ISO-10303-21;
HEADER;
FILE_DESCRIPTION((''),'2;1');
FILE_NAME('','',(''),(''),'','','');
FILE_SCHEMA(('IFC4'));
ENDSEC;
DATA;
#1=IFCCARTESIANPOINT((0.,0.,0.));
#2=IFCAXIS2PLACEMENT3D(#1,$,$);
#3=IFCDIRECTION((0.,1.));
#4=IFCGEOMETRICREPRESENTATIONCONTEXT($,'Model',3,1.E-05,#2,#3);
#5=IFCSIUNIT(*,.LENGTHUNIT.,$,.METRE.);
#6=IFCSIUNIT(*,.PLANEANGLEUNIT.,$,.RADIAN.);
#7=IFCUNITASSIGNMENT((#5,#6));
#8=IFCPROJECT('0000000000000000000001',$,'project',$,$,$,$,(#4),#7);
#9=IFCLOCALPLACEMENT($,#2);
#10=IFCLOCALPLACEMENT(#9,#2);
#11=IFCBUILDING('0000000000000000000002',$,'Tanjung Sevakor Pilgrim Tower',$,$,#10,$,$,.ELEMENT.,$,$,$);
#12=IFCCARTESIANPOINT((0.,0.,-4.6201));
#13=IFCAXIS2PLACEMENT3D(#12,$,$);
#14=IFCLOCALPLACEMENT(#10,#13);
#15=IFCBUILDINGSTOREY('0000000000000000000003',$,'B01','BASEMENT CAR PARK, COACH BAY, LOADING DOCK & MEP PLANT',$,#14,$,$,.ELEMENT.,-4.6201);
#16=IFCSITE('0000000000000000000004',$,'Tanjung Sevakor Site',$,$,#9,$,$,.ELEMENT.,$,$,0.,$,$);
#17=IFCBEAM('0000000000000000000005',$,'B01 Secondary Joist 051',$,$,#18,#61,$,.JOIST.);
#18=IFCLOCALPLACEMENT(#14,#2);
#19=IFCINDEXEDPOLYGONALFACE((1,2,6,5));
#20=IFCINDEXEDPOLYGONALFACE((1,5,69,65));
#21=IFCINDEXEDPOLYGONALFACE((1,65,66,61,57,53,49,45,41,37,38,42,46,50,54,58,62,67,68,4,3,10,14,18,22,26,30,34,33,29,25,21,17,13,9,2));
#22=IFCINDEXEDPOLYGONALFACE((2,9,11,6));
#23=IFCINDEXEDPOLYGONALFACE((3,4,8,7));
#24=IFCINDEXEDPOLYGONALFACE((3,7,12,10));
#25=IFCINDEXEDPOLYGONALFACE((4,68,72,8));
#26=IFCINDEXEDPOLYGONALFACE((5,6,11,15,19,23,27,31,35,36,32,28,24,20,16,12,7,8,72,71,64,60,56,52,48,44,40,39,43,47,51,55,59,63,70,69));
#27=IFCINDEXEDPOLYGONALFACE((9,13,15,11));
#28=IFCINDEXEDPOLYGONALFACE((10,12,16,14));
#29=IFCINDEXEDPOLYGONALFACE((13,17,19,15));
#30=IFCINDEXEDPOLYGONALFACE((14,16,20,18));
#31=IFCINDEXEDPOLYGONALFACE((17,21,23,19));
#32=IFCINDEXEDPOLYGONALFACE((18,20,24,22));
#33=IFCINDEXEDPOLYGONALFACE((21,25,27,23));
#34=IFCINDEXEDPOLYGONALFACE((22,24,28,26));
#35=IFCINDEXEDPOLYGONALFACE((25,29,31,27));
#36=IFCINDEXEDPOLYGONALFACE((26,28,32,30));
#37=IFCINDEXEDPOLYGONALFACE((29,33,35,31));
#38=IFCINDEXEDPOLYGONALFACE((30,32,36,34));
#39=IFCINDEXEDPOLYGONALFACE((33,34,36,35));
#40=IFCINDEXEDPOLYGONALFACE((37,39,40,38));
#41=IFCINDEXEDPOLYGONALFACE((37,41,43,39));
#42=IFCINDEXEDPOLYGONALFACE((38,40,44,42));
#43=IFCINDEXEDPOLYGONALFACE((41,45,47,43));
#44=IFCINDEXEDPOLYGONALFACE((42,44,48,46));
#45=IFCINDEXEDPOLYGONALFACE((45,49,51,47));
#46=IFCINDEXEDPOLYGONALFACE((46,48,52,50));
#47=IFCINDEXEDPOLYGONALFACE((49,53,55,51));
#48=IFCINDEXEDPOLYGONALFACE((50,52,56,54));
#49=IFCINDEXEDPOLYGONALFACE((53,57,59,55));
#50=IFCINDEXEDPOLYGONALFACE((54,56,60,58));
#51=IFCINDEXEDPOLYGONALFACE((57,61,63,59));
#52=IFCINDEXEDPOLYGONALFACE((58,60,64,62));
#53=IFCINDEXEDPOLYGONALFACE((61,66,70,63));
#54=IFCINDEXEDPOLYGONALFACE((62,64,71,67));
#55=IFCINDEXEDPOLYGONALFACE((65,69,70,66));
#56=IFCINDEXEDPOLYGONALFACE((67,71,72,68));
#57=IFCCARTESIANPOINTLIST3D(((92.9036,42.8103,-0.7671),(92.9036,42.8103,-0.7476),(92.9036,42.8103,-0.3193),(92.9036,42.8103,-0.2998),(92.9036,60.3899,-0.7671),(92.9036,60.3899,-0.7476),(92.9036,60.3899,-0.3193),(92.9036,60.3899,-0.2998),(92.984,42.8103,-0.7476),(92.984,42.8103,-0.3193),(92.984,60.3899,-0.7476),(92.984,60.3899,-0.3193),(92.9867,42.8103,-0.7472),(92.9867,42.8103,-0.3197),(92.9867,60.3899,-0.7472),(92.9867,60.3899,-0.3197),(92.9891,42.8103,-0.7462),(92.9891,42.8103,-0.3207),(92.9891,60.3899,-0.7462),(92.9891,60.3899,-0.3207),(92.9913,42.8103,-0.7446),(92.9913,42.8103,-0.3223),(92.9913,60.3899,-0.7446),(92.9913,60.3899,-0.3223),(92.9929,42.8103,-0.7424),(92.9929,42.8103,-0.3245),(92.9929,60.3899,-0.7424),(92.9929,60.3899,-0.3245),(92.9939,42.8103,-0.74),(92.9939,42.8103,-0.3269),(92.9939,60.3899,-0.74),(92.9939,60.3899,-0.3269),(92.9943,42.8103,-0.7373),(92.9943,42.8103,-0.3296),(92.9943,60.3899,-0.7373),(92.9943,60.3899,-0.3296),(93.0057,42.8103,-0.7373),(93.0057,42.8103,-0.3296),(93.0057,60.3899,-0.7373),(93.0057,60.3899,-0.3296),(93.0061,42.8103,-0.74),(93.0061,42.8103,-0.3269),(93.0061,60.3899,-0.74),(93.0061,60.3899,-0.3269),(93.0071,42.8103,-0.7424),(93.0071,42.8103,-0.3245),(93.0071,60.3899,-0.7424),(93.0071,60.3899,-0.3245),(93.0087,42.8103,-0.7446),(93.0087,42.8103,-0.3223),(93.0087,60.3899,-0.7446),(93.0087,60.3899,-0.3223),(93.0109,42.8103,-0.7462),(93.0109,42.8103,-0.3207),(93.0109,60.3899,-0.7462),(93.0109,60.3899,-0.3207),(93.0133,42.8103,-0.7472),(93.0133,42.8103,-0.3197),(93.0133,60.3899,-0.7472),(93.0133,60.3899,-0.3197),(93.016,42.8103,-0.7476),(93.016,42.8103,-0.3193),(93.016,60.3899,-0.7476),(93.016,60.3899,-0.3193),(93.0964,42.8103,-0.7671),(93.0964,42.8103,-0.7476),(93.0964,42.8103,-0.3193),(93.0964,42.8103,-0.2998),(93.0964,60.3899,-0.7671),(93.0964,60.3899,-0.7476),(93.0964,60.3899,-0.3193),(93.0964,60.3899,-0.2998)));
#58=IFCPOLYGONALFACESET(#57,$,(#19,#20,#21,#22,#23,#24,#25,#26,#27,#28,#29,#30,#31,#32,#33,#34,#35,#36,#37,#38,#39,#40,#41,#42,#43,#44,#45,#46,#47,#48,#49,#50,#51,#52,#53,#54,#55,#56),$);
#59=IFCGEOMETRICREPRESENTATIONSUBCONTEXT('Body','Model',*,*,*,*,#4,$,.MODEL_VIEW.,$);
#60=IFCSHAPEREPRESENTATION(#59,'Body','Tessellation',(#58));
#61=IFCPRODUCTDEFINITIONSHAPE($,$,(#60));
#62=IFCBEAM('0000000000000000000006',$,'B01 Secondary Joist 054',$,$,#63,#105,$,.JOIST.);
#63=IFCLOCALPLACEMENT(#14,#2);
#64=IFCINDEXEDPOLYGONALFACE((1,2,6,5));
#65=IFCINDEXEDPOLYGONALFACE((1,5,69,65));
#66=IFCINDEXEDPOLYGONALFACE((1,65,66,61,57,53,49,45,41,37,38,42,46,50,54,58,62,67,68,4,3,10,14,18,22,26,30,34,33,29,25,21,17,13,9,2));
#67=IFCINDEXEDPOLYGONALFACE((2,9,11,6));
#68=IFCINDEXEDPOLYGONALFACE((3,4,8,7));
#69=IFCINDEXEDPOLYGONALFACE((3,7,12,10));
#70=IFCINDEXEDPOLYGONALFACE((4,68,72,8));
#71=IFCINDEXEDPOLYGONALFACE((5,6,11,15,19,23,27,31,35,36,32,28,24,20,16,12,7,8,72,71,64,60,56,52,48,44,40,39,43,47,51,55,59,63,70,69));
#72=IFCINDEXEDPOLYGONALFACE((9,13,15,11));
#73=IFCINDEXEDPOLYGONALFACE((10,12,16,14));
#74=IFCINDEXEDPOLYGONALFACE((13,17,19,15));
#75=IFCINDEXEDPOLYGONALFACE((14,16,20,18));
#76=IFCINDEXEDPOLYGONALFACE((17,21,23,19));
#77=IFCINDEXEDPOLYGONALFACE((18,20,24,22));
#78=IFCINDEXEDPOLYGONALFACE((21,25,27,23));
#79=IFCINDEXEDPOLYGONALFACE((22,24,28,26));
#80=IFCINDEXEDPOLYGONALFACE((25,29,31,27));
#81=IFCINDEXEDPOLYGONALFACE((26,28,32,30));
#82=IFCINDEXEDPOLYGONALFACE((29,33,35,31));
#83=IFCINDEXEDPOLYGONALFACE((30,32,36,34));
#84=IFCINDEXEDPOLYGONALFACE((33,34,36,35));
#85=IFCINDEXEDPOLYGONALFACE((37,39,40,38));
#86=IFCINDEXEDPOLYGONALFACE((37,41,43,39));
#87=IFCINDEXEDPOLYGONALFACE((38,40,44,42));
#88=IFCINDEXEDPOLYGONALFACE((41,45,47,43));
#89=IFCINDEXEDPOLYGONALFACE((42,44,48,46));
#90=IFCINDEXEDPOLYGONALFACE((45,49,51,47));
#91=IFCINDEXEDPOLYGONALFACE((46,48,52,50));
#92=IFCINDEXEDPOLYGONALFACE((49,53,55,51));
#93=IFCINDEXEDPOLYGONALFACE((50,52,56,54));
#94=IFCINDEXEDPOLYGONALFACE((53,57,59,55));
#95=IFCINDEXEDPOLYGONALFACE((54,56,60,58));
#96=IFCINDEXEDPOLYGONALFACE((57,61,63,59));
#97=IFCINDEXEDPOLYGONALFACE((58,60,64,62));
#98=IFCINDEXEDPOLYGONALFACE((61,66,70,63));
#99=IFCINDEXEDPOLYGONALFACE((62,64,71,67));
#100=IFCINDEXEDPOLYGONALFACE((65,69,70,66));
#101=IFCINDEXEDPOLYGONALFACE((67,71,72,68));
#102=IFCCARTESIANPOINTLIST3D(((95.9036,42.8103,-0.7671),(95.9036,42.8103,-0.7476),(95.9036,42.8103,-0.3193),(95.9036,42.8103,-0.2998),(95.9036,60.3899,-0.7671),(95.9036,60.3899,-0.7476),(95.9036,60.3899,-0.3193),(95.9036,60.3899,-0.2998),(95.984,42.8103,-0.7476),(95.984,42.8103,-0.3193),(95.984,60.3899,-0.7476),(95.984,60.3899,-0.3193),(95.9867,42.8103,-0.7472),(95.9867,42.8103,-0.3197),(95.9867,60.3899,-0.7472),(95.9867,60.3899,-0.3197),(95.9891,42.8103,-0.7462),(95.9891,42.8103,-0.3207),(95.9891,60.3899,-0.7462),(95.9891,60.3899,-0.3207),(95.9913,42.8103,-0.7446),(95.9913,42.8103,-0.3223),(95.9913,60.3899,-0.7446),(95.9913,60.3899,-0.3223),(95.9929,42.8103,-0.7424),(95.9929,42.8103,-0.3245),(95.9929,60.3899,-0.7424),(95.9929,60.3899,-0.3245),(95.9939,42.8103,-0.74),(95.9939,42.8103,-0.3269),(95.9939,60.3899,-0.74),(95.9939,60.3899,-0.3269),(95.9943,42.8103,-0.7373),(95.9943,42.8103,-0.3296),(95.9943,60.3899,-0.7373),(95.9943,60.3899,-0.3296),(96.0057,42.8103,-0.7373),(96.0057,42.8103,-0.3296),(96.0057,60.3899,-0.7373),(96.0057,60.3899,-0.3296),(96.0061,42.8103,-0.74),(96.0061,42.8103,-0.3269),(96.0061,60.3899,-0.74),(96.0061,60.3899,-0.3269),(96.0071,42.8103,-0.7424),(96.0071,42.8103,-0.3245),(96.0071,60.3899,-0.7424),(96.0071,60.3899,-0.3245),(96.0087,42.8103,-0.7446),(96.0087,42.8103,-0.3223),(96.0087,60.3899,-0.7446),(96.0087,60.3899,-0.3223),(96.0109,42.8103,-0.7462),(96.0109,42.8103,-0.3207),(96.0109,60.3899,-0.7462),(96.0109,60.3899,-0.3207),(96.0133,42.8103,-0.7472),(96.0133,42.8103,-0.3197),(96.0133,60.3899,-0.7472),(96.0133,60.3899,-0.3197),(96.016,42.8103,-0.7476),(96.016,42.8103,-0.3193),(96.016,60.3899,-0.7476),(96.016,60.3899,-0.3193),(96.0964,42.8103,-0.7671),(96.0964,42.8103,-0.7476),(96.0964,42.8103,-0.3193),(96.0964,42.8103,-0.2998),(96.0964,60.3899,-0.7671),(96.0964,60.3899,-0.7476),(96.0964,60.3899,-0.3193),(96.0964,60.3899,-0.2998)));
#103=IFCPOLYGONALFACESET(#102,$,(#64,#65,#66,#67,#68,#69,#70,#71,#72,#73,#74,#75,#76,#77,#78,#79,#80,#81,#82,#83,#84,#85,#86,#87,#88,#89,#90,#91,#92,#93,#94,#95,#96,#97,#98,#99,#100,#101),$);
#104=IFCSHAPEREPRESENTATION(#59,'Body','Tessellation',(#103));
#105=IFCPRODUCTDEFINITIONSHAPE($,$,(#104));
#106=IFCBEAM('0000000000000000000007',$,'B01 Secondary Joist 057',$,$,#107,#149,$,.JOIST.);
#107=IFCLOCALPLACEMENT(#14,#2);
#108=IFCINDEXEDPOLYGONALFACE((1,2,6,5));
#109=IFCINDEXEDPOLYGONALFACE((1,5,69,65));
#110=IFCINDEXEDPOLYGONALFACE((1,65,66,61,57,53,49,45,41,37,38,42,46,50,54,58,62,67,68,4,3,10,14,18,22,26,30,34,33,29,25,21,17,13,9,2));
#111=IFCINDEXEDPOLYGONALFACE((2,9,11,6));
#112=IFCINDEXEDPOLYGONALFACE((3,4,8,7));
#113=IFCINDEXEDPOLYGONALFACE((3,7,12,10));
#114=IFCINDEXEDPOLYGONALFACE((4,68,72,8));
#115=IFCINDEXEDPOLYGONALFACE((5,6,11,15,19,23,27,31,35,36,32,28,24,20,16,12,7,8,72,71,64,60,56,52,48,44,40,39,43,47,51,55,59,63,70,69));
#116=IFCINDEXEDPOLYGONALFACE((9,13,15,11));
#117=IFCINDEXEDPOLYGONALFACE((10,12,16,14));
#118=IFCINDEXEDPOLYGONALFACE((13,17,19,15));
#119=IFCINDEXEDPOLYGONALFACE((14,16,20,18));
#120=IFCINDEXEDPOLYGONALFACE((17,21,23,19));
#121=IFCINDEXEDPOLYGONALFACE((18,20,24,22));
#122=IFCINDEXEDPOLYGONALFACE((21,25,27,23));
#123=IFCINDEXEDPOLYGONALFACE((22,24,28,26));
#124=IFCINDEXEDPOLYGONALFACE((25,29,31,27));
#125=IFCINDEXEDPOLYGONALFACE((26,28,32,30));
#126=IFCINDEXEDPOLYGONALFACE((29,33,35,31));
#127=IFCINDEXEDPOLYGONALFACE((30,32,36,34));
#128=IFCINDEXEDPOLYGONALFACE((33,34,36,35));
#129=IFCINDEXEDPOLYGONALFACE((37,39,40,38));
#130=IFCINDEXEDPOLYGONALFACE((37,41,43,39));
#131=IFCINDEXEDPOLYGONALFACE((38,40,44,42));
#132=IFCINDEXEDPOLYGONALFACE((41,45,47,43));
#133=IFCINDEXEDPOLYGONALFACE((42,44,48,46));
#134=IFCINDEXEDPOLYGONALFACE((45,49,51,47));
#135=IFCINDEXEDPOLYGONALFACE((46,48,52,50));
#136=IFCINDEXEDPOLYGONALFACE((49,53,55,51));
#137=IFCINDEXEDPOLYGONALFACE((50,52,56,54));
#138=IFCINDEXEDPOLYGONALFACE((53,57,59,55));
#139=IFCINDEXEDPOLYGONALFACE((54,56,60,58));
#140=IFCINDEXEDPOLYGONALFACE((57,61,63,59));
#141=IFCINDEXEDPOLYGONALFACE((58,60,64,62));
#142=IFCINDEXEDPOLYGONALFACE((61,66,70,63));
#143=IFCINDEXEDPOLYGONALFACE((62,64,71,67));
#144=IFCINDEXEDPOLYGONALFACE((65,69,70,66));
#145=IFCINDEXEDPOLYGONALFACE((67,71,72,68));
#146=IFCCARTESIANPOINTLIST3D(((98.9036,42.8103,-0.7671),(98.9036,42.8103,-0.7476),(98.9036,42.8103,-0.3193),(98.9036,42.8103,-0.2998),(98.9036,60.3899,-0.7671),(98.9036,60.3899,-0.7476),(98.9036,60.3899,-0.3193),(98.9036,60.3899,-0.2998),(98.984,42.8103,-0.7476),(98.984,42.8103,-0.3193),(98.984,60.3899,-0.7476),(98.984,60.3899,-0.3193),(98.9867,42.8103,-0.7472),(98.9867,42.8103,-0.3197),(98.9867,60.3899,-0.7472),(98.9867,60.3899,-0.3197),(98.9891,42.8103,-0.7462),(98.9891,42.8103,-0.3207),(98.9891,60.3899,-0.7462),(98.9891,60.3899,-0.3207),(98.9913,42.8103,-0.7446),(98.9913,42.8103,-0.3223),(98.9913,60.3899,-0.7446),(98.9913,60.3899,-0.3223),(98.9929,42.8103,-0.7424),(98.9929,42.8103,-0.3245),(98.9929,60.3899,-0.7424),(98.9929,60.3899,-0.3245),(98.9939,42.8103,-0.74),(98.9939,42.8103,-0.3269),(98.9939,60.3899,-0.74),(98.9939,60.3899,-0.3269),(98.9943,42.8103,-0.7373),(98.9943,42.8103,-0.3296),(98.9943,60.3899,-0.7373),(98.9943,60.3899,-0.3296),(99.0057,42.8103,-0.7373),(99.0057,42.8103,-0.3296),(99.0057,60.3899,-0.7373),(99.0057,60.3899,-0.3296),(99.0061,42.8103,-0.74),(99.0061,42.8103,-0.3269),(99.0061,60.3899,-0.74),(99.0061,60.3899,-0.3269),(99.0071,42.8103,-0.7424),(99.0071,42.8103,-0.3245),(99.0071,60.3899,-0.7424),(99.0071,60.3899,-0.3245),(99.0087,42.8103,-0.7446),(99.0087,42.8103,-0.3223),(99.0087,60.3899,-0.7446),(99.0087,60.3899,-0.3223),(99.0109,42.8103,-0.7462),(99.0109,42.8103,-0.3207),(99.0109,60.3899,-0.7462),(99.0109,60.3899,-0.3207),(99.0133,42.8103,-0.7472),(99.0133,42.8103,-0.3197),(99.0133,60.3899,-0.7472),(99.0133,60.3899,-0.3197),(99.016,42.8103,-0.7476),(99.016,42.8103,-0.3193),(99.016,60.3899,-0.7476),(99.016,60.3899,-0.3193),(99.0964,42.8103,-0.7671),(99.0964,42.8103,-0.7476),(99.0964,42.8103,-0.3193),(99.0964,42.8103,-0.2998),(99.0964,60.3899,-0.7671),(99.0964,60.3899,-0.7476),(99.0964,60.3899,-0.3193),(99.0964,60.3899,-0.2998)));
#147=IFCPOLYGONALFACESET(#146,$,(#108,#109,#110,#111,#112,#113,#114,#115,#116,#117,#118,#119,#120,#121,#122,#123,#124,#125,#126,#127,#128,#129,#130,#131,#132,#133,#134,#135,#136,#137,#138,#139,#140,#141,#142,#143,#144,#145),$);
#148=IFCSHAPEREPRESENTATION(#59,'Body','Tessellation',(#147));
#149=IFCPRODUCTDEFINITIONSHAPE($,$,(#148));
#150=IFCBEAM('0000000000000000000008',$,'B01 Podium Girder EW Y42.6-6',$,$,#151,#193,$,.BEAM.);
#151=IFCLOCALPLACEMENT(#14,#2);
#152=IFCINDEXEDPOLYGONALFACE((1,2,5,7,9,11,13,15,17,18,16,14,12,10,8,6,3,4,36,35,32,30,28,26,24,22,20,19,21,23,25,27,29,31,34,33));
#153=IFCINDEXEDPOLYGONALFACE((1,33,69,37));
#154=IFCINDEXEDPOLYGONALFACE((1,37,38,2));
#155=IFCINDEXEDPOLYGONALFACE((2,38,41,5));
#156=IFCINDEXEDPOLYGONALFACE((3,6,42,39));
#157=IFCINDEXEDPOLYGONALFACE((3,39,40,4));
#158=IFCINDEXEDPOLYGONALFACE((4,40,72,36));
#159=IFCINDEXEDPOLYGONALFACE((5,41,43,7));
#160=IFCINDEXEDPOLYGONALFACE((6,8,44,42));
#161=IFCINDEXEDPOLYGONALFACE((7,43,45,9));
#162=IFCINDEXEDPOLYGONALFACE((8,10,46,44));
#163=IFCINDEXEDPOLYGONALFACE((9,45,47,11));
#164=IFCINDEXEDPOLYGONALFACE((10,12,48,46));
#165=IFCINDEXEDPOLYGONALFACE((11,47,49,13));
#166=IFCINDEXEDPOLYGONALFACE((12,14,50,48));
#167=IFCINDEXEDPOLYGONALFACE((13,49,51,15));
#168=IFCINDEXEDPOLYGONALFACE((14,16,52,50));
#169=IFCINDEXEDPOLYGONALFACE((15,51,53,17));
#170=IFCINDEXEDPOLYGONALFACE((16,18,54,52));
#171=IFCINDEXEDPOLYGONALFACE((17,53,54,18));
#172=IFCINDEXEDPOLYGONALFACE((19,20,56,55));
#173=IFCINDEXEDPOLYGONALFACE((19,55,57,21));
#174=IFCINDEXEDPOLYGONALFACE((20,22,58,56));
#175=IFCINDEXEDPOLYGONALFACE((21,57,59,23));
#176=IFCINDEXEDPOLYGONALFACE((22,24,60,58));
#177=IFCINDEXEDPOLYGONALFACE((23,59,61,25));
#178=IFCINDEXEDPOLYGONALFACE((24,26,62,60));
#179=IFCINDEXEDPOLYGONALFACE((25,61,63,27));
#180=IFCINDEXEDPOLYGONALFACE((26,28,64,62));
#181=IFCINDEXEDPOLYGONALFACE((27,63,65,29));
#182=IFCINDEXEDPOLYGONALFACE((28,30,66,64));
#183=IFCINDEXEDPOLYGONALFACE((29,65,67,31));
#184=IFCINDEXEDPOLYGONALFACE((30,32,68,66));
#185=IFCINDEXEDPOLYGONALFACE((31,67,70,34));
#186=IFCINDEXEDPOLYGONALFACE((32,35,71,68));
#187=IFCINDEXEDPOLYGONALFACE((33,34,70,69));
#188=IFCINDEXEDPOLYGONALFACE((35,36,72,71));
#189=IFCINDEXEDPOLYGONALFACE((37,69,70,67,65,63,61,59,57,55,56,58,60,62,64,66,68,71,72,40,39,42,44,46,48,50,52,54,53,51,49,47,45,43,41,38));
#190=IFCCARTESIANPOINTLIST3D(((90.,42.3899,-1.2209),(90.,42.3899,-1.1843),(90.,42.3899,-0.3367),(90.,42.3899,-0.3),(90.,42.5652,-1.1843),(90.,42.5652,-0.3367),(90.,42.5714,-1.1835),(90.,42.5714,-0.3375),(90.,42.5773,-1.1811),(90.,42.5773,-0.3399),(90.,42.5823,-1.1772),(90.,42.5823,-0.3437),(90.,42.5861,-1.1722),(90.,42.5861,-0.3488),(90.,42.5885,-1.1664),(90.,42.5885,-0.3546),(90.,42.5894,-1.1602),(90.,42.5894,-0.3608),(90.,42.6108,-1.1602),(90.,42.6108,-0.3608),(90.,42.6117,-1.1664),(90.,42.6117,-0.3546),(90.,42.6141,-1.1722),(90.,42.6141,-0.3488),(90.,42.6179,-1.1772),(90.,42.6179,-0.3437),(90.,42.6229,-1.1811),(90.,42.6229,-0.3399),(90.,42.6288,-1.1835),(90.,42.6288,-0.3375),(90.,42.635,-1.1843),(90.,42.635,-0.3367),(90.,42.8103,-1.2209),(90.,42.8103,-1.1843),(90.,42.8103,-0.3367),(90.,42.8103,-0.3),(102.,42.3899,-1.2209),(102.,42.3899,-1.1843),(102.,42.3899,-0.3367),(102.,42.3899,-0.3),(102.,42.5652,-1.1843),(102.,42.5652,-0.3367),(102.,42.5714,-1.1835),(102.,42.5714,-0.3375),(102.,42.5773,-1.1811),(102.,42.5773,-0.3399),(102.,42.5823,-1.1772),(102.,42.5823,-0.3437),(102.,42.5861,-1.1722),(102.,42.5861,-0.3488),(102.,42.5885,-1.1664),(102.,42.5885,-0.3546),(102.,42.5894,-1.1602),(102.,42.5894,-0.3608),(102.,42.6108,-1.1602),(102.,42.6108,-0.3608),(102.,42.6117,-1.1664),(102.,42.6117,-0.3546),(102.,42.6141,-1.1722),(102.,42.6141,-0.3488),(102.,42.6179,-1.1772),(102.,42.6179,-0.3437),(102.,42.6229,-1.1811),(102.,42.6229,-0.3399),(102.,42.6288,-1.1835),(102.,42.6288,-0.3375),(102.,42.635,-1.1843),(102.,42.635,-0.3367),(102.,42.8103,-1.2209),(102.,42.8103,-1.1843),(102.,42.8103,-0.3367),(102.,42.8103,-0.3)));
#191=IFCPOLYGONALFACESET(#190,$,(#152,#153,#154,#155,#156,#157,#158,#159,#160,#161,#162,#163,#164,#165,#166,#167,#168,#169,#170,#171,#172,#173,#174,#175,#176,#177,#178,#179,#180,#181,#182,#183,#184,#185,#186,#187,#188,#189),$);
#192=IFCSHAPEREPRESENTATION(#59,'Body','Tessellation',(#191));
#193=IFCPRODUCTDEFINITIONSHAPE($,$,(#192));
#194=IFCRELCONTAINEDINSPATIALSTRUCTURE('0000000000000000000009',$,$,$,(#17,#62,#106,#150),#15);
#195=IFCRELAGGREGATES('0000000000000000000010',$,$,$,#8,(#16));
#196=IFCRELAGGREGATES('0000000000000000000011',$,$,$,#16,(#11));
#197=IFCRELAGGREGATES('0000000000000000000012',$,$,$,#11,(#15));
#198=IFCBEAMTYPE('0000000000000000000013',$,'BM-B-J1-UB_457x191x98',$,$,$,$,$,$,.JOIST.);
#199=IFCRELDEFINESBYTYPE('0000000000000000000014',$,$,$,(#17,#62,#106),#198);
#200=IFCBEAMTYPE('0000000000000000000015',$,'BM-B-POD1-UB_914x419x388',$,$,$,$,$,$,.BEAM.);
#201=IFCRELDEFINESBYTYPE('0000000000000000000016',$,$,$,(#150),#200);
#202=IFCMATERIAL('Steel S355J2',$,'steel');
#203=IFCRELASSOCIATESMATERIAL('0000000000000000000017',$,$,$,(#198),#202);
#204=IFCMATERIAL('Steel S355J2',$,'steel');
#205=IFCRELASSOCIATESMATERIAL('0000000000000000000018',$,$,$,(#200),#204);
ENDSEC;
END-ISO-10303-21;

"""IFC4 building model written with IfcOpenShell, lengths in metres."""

from ifc_helpers import new_model, si_unit, direction, frame, origin, origin_2d, place, context, subcontext, project, spatial, i_section, extrude, material, material_profile, profile_set, type_object, element, save


model = new_model("IFC4")

# Units and contexts
model_context = context("Model", 3, precision=1e-05, world=origin(), true_north=direction((0.0, 1.0)))
body_context = subcontext(model_context, "Body", "Model", "MODEL_VIEW")
ifc_project = project(units=[si_unit("LENGTHUNIT", "METRE"), si_unit("PLANEANGLEUNIT", "RADIAN")], contexts=[model_context])

# Site, building, storey
site_placement = place(None, origin())
site = spatial("IfcSite", under=ifc_project, at=site_placement, Name="Tanjung Sevakor Site", CompositionType="ELEMENT", RefElevation=0.0)
building_placement = place(site_placement, origin())
building = spatial("IfcBuilding", under=site, at=building_placement, Name="Tanjung Sevakor Pilgrim Tower", CompositionType="ELEMENT")
storey_placement = place(building_placement, frame((0.0, 0.0, -4.6201)))
storey = spatial("IfcBuildingStorey", under=building, at=storey_placement, Name="B01", Description="BASEMENT CAR PARK, COACH BAY, LOADING DOCK & MEP PLANT", CompositionType="ELEMENT", Elevation=-4.6201)

# Beams
ifc_material_1 = material(Name="Steel S355J2", Category="steel")
ifc_material_profile_1 = material_profile(ifc_material_1, i_section(OverallWidth=0.1929, OverallDepth=0.4673, WebThickness=0.0115, FlangeThickness=0.0195, FilletRadius=0.0103, at=origin_2d()))
ifc_profile_set_1 = profile_set([ifc_material_profile_1], Name="Steel S355J2")
beam_type_1 = type_object("IfcBeamType", Name="BM-B-J1-UB_457x191x98", PredefinedType="JOIST", material=ifc_profile_set_1)
for number, where, z_axis, x_axis, name in (
    (1, (93.0, 42.8103, -0.5334), (0.0, 1.0, 0.0), (-1.0, 0.0, 0.0), "B01 Secondary Joist 051"),
    (2, (96.0, 42.8103, -0.5334), (0.0, 1.0, 0.0), (-1.0, 0.0, 0.0), "B01 Secondary Joist 054"),
    (3, (99.0, 42.8103, -0.5334), (0.0, 1.0, 0.0), (-1.0, 0.0, 0.0), "B01 Secondary Joist 057"),
):
    element("IfcBeam", number, at=place(storey_placement, frame(where, z_axis=z_axis, x_axis=x_axis)), inside=storey, type_object=beam_type_1, Name=name, PredefinedType="JOIST", context=body_context, shape_type="SweptSolid", body=[
        extrude(i_section(OverallWidth=0.1929, OverallDepth=0.4673, WebThickness=0.0115, FlangeThickness=0.0195, FilletRadius=0.0103, at=origin_2d()), origin(), (0.0, 0.0, 1.0), 17.5796),
    ])
ifc_material_2 = material(Name="Steel S355J2", Category="steel")
ifc_material_profile_2 = material_profile(ifc_material_2, i_section(OverallWidth=0.4204, OverallDepth=0.9209, WebThickness=0.0215, FlangeThickness=0.0366, FilletRadius=0.0242, at=origin_2d()))
ifc_profile_set_2 = profile_set([ifc_material_profile_2], Name="Steel S355J2")
beam_type_2 = type_object("IfcBeamType", Name="BM-B-POD1-UB_914x419x388", PredefinedType="BEAM", material=ifc_profile_set_2)
beam_placement = place(storey_placement, frame((90.0, 42.6001, -0.7605), z_axis=(1.0, 0.0, 0.0), x_axis=(0.0, 1.0, 0.0)))
element("IfcBeam", 4, at=beam_placement, inside=storey, type_object=beam_type_2, Name="B01 Podium Girder EW Y42.6-6", PredefinedType="BEAM", context=body_context, shape_type="SweptSolid", body=[
    extrude(i_section(OverallWidth=0.4204, OverallDepth=0.9209, WebThickness=0.0215, FlangeThickness=0.0366, FilletRadius=0.0242, at=origin_2d()), origin(), (0.0, 0.0, 1.0), 12.0),
])

save(model, "model.ifc")
